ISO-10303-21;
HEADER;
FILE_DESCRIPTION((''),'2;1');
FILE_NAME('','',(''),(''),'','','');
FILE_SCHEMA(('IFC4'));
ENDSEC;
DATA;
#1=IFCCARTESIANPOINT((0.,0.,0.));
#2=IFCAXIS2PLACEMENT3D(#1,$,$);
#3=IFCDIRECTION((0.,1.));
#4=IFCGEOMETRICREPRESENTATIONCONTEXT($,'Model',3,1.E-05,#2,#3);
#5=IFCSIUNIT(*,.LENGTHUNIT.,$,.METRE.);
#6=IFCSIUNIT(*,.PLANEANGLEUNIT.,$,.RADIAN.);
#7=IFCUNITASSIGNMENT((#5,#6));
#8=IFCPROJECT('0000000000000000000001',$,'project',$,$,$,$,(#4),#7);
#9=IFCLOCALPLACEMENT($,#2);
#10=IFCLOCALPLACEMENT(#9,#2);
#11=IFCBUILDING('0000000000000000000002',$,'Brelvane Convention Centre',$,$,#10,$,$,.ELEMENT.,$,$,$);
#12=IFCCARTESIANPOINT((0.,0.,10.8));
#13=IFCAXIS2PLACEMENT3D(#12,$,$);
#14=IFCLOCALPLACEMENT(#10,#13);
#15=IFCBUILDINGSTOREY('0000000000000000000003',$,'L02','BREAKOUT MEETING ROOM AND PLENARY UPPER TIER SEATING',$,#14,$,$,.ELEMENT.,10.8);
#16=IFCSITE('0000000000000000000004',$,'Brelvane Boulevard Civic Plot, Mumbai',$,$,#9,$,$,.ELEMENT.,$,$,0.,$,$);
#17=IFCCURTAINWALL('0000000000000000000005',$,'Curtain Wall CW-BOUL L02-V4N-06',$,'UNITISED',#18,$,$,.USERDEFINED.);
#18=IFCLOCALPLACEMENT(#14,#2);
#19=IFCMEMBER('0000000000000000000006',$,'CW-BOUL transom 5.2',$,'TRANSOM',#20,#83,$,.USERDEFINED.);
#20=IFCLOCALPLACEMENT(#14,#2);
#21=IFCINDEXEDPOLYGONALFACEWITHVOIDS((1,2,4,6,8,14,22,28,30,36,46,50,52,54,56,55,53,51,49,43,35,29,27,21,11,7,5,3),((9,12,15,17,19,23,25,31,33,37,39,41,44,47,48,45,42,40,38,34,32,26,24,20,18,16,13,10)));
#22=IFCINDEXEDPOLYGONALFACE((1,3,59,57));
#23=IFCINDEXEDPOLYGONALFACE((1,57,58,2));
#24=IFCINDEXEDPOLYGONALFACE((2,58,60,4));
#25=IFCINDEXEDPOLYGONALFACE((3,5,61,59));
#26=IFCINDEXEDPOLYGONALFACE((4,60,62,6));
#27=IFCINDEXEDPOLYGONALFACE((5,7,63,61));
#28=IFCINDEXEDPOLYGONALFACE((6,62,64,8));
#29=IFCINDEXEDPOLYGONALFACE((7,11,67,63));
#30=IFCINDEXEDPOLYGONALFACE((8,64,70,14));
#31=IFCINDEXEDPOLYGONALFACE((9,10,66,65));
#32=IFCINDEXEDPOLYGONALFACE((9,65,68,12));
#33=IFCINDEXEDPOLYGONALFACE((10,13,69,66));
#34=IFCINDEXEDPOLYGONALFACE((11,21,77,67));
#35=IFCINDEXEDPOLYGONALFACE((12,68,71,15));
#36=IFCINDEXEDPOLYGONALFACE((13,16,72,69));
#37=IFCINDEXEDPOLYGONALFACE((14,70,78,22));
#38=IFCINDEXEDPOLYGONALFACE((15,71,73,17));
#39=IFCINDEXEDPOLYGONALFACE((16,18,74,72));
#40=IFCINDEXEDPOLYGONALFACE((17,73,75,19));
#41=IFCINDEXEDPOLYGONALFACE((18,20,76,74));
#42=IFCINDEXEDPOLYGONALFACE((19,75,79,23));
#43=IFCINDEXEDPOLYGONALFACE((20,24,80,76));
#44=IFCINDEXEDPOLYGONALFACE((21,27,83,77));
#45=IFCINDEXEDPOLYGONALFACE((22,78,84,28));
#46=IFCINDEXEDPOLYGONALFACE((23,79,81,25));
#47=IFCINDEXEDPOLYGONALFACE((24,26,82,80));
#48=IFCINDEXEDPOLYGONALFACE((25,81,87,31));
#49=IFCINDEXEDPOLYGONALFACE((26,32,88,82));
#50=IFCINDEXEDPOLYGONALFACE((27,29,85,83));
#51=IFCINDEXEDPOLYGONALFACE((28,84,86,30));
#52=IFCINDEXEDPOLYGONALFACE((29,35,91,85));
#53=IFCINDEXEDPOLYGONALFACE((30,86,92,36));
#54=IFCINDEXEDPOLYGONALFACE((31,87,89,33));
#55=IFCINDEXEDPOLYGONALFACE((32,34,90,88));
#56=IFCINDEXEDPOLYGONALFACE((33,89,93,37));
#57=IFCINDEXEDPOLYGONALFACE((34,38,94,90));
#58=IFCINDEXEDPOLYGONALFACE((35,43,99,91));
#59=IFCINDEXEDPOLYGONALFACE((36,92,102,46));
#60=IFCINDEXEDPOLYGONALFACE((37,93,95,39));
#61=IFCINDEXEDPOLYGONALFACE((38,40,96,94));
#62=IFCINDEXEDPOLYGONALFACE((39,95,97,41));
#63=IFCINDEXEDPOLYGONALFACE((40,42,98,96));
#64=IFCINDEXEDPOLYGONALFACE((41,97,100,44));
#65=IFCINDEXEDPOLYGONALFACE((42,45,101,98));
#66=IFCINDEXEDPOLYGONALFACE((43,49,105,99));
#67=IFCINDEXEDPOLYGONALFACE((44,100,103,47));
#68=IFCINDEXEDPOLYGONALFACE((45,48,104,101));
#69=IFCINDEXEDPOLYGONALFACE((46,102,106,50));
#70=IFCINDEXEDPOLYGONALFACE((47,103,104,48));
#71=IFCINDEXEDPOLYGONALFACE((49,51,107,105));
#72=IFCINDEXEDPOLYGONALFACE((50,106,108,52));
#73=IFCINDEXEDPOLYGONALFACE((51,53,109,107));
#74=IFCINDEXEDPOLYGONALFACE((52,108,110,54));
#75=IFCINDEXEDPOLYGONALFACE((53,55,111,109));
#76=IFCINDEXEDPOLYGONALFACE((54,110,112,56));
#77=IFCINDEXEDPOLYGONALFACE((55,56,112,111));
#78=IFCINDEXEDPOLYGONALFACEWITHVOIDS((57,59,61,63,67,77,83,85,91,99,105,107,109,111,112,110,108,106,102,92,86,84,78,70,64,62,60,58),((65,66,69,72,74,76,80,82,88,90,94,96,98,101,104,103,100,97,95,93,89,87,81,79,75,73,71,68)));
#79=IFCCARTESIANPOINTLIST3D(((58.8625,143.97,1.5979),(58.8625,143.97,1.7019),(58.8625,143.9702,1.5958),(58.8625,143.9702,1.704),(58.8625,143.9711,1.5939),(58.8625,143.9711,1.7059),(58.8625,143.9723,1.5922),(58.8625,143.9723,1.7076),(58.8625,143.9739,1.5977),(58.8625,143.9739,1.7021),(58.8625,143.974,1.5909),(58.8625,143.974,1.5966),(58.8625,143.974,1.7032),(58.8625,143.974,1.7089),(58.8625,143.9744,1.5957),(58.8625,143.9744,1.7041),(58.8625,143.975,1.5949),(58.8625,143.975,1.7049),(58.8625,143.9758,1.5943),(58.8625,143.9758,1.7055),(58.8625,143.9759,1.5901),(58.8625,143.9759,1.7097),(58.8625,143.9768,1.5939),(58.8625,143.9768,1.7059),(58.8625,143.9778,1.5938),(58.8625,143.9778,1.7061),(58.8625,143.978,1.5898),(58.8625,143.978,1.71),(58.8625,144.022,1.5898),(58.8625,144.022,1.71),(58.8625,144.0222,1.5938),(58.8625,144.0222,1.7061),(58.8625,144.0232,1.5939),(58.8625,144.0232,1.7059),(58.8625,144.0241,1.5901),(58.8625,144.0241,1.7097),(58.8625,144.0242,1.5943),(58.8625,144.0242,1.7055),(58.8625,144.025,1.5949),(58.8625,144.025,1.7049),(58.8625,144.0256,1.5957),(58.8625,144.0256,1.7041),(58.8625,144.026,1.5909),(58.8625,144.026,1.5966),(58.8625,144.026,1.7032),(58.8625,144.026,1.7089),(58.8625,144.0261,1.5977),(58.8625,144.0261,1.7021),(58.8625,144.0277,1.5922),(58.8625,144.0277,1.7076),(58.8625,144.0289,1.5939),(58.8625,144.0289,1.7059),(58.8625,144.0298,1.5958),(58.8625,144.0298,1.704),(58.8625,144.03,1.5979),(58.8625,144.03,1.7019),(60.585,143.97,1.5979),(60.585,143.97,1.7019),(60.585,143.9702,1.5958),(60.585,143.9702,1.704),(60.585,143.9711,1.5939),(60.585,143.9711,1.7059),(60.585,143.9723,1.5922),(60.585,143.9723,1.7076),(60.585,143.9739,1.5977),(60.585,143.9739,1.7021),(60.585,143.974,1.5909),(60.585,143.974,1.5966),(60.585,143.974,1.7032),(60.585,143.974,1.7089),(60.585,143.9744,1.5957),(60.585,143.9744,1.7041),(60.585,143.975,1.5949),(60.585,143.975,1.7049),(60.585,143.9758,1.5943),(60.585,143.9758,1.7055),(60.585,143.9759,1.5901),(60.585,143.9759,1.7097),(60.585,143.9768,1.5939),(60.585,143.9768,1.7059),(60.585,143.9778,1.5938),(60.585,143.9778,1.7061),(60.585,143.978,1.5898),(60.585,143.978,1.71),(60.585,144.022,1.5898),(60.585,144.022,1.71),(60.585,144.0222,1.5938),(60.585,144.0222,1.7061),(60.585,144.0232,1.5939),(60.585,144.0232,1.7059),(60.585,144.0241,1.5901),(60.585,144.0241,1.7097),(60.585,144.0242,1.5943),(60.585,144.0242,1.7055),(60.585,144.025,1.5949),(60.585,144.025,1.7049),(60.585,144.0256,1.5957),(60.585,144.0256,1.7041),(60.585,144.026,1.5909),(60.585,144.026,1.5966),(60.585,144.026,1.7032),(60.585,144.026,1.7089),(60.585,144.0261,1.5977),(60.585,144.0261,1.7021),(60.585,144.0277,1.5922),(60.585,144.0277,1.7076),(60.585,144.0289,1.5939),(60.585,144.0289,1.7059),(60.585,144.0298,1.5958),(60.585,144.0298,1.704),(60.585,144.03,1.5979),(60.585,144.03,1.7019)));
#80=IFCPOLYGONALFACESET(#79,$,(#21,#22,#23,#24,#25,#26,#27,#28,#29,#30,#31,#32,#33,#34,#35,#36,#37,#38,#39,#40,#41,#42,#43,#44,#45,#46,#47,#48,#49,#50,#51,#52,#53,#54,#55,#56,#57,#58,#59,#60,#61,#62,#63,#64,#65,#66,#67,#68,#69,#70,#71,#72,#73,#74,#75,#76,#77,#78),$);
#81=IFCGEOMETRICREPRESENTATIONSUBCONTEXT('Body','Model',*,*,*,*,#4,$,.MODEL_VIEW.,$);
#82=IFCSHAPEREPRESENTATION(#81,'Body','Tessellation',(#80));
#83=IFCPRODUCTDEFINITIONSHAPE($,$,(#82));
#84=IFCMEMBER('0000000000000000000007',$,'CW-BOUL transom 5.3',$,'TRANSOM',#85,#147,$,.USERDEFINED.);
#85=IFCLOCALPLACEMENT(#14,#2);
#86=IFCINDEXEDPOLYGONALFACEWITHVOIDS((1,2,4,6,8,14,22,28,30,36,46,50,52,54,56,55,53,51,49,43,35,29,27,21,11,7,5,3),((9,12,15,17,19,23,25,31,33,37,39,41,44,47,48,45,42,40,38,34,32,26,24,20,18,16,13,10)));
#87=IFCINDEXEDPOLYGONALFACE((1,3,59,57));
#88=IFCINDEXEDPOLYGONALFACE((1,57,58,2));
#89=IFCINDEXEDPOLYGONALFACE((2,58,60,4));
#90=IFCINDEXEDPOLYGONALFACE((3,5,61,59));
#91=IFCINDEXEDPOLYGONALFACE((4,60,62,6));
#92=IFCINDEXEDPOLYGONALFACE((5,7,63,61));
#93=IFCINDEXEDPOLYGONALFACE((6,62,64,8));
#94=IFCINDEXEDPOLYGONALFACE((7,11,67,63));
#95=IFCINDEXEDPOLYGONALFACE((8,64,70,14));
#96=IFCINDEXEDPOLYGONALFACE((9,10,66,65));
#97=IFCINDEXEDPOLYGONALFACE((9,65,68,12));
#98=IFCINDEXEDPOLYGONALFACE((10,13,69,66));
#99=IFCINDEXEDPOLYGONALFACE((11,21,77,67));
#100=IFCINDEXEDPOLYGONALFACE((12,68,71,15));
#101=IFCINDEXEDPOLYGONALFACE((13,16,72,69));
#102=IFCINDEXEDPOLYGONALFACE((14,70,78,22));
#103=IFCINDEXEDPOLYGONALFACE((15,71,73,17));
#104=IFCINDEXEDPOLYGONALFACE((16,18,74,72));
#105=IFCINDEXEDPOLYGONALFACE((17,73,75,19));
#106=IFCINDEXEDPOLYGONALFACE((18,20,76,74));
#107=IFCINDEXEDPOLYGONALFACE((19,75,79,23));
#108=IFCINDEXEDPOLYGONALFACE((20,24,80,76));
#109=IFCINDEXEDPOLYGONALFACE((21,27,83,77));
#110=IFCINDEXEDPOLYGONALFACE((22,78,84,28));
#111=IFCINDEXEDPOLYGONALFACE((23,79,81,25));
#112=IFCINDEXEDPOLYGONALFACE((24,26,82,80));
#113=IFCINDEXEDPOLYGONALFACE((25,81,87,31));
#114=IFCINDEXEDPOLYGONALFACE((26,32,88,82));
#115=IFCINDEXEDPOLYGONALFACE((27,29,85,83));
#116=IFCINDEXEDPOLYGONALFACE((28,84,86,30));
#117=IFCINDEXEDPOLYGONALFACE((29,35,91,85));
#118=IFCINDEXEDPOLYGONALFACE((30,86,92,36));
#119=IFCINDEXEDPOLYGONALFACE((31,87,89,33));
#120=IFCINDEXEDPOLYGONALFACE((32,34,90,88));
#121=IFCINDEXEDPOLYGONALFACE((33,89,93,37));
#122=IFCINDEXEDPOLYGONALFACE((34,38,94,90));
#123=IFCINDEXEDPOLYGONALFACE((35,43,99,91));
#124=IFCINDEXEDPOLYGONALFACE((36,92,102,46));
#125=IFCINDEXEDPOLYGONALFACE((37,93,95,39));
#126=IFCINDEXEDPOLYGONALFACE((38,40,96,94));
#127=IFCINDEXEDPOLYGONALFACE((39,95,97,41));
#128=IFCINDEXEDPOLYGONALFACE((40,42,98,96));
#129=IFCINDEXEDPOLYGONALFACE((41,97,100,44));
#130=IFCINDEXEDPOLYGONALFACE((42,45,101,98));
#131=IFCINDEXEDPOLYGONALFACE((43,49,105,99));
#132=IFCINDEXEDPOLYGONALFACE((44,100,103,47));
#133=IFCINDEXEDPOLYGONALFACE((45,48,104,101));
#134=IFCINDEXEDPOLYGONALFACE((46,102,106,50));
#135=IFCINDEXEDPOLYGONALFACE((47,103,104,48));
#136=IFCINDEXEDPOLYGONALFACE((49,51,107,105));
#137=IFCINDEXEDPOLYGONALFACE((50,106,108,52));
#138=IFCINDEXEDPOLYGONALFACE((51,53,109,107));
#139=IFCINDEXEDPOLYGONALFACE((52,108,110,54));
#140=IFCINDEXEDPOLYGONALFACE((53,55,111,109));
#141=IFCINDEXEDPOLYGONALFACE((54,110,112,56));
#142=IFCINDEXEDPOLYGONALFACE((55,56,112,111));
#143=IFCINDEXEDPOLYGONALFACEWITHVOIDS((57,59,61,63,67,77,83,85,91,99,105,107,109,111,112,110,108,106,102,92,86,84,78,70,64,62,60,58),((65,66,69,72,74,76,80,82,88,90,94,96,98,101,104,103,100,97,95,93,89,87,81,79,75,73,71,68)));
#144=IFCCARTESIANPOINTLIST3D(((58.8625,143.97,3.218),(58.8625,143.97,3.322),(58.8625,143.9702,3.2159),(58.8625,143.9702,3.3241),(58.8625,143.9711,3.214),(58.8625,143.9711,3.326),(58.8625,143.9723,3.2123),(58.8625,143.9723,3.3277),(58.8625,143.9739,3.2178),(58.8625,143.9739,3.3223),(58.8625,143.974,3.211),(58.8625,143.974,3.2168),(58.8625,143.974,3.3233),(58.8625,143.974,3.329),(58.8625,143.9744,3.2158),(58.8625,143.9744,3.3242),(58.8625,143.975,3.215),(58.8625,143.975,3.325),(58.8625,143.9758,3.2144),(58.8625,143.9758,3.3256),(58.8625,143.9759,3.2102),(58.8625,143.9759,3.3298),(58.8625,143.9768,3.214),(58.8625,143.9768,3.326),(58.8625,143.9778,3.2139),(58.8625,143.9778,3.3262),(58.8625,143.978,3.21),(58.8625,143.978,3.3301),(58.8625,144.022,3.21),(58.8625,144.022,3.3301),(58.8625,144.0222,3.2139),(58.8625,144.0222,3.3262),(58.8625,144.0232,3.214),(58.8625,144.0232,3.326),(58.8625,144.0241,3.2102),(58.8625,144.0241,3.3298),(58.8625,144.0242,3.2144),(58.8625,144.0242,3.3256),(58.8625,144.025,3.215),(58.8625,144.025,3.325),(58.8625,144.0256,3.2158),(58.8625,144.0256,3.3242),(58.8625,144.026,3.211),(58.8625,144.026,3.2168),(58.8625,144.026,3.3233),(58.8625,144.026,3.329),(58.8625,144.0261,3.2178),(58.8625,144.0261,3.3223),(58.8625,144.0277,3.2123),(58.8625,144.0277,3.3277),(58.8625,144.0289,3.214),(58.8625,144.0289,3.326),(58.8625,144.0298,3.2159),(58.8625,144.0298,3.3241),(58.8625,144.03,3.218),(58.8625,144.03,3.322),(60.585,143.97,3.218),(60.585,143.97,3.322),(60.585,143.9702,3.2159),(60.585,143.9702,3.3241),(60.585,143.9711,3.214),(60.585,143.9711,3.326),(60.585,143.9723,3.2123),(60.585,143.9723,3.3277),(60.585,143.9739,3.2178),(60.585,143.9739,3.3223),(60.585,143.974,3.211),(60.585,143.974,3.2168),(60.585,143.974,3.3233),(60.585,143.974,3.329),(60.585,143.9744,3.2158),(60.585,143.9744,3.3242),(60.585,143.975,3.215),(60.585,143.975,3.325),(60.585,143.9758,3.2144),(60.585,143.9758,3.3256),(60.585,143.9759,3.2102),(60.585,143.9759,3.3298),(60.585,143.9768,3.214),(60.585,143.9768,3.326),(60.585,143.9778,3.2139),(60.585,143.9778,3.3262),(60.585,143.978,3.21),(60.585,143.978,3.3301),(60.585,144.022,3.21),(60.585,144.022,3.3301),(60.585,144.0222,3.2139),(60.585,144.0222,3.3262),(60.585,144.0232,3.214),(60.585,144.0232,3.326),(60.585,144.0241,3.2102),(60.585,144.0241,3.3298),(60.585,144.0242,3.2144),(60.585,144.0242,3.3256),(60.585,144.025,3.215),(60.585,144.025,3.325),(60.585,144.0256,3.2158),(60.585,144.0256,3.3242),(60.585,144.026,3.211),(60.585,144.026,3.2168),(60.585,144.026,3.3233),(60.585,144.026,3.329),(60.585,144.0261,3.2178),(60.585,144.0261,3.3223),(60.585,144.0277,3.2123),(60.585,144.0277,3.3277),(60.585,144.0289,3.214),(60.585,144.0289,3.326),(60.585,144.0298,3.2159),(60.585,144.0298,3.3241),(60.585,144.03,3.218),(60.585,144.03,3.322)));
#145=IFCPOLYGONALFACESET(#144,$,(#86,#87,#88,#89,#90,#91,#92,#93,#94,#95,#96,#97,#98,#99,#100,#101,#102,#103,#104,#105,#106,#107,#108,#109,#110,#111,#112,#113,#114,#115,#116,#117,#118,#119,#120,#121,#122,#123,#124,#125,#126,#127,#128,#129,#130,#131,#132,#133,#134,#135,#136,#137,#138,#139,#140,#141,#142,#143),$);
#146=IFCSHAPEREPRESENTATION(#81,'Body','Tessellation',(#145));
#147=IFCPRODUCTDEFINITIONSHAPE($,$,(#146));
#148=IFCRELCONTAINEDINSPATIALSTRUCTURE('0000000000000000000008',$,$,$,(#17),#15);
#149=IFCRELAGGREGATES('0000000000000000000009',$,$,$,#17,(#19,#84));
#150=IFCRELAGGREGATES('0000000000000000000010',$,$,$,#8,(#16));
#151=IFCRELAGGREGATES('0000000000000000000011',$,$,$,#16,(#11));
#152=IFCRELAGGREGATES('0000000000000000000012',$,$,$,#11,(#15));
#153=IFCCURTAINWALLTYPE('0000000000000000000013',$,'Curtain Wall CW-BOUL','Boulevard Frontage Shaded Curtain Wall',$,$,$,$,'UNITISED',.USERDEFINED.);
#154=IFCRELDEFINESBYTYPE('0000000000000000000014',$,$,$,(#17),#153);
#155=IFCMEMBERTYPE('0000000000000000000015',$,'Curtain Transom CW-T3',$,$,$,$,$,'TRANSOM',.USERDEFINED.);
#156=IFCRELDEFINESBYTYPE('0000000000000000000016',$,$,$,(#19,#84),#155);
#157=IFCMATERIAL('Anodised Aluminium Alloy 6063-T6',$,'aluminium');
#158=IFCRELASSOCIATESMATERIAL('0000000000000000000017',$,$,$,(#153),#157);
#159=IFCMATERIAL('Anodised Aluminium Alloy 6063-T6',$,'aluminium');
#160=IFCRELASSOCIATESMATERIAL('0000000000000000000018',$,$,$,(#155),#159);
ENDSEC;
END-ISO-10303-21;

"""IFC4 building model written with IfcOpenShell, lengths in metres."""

from ifc_helpers import new_model, si_unit, direction, frame, origin, origin_2d, place, context, subcontext, project, spatial, hollow_rectangle, extrude, material, material_profile, profile_set, type_object, element, aggregate, save


model = new_model("IFC4")

# Units and contexts
model_context = context("Model", 3, precision=1e-05, world=origin(), true_north=direction((0.0, 1.0)))
body_context = subcontext(model_context, "Body", "Model", "MODEL_VIEW")
ifc_project = project(units=[si_unit("LENGTHUNIT", "METRE"), si_unit("PLANEANGLEUNIT", "RADIAN")], contexts=[model_context])

# Site, building, storey
site_placement = place(None, origin())
site = spatial("IfcSite", under=ifc_project, at=site_placement, Name="Brelvane Boulevard Civic Plot, Mumbai", CompositionType="ELEMENT", RefElevation=0.0)
building_placement = place(site_placement, origin())
building = spatial("IfcBuilding", under=site, at=building_placement, Name="Brelvane Convention Centre", CompositionType="ELEMENT")
storey_placement = place(building_placement, frame((0.0, 0.0, 10.8)))
storey = spatial("IfcBuildingStorey", under=building, at=storey_placement, Name="L02", Description="BREAKOUT MEETING ROOM AND PLENARY UPPER TIER SEATING", CompositionType="ELEMENT", Elevation=10.8)

# Curtain wall
ifc_material_1 = material(Name="Anodised Aluminium Alloy 6063-T6", Category="aluminium")
curtain_wall_type = type_object("IfcCurtainWallType", Name="Curtain Wall CW-BOUL", Description="Boulevard Frontage Shaded Curtain Wall", ElementType="UNITISED", PredefinedType="USERDEFINED", material=ifc_material_1)
curtain_wall_1_placement = place(storey_placement, origin())
curtain_wall_1 = element("IfcCurtainWall", 1, at=curtain_wall_1_placement, inside=storey, type_object=curtain_wall_type, Name="Curtain Wall CW-BOUL L02-V4N-06", ObjectType="UNITISED", PredefinedType="USERDEFINED")

# Members
ifc_material_2 = material(Name="Anodised Aluminium Alloy 6063-T6", Category="aluminium")
ifc_material_profile_1 = material_profile(ifc_material_2, hollow_rectangle(XDim=0.0601, YDim=0.1201, WallThickness=0.0039, InnerFilletRadius=0.0039, OuterFilletRadius=0.0081, at=origin_2d()), Name="ALU-T 120x60x4.0")
ifc_profile_set_1 = profile_set([ifc_material_profile_1], Name="Anodised Aluminium Alloy 6063-T6")
member_type_1 = type_object("IfcMemberType", Name="Curtain Transom CW-T3", ElementType="TRANSOM", PredefinedType="USERDEFINED", material=ifc_profile_set_1)
member_1_placement = place(storey_placement, frame((58.8625, 144.0, 1.6499), z_axis=(1.0, 0.0, 0.0), x_axis=(0.0, 1.0, 0.0)))
member_1 = element("IfcMember", 2, at=member_1_placement, type_object=member_type_1, Name="CW-BOUL transom 5.2", ObjectType="TRANSOM", PredefinedType="USERDEFINED", context=body_context, shape_type="SweptSolid", body=[
    extrude(hollow_rectangle(XDim=0.0601, YDim=0.1201, WallThickness=0.0039, InnerFilletRadius=0.0039, OuterFilletRadius=0.0081, at=origin_2d()), origin(), (0.0, 0.0, 1.0), 1.7224),
])
member_2_placement = place(storey_placement, frame((58.8625, 144.0, 3.27), z_axis=(1.0, 0.0, 0.0), x_axis=(0.0, 1.0, 0.0)))
member_2 = element("IfcMember", 3, at=member_2_placement, type_object=member_type_1, Name="CW-BOUL transom 5.3", ObjectType="TRANSOM", PredefinedType="USERDEFINED", context=body_context, shape_type="SweptSolid", body=[
    extrude(hollow_rectangle(XDim=0.0601, YDim=0.1201, WallThickness=0.0039, InnerFilletRadius=0.0039, OuterFilletRadius=0.0081, at=origin_2d()), origin(), (0.0, 0.0, 1.0), 1.7224),
])

aggregate(curtain_wall_1, [member_1, member_2])

save(model, "model.ifc")
